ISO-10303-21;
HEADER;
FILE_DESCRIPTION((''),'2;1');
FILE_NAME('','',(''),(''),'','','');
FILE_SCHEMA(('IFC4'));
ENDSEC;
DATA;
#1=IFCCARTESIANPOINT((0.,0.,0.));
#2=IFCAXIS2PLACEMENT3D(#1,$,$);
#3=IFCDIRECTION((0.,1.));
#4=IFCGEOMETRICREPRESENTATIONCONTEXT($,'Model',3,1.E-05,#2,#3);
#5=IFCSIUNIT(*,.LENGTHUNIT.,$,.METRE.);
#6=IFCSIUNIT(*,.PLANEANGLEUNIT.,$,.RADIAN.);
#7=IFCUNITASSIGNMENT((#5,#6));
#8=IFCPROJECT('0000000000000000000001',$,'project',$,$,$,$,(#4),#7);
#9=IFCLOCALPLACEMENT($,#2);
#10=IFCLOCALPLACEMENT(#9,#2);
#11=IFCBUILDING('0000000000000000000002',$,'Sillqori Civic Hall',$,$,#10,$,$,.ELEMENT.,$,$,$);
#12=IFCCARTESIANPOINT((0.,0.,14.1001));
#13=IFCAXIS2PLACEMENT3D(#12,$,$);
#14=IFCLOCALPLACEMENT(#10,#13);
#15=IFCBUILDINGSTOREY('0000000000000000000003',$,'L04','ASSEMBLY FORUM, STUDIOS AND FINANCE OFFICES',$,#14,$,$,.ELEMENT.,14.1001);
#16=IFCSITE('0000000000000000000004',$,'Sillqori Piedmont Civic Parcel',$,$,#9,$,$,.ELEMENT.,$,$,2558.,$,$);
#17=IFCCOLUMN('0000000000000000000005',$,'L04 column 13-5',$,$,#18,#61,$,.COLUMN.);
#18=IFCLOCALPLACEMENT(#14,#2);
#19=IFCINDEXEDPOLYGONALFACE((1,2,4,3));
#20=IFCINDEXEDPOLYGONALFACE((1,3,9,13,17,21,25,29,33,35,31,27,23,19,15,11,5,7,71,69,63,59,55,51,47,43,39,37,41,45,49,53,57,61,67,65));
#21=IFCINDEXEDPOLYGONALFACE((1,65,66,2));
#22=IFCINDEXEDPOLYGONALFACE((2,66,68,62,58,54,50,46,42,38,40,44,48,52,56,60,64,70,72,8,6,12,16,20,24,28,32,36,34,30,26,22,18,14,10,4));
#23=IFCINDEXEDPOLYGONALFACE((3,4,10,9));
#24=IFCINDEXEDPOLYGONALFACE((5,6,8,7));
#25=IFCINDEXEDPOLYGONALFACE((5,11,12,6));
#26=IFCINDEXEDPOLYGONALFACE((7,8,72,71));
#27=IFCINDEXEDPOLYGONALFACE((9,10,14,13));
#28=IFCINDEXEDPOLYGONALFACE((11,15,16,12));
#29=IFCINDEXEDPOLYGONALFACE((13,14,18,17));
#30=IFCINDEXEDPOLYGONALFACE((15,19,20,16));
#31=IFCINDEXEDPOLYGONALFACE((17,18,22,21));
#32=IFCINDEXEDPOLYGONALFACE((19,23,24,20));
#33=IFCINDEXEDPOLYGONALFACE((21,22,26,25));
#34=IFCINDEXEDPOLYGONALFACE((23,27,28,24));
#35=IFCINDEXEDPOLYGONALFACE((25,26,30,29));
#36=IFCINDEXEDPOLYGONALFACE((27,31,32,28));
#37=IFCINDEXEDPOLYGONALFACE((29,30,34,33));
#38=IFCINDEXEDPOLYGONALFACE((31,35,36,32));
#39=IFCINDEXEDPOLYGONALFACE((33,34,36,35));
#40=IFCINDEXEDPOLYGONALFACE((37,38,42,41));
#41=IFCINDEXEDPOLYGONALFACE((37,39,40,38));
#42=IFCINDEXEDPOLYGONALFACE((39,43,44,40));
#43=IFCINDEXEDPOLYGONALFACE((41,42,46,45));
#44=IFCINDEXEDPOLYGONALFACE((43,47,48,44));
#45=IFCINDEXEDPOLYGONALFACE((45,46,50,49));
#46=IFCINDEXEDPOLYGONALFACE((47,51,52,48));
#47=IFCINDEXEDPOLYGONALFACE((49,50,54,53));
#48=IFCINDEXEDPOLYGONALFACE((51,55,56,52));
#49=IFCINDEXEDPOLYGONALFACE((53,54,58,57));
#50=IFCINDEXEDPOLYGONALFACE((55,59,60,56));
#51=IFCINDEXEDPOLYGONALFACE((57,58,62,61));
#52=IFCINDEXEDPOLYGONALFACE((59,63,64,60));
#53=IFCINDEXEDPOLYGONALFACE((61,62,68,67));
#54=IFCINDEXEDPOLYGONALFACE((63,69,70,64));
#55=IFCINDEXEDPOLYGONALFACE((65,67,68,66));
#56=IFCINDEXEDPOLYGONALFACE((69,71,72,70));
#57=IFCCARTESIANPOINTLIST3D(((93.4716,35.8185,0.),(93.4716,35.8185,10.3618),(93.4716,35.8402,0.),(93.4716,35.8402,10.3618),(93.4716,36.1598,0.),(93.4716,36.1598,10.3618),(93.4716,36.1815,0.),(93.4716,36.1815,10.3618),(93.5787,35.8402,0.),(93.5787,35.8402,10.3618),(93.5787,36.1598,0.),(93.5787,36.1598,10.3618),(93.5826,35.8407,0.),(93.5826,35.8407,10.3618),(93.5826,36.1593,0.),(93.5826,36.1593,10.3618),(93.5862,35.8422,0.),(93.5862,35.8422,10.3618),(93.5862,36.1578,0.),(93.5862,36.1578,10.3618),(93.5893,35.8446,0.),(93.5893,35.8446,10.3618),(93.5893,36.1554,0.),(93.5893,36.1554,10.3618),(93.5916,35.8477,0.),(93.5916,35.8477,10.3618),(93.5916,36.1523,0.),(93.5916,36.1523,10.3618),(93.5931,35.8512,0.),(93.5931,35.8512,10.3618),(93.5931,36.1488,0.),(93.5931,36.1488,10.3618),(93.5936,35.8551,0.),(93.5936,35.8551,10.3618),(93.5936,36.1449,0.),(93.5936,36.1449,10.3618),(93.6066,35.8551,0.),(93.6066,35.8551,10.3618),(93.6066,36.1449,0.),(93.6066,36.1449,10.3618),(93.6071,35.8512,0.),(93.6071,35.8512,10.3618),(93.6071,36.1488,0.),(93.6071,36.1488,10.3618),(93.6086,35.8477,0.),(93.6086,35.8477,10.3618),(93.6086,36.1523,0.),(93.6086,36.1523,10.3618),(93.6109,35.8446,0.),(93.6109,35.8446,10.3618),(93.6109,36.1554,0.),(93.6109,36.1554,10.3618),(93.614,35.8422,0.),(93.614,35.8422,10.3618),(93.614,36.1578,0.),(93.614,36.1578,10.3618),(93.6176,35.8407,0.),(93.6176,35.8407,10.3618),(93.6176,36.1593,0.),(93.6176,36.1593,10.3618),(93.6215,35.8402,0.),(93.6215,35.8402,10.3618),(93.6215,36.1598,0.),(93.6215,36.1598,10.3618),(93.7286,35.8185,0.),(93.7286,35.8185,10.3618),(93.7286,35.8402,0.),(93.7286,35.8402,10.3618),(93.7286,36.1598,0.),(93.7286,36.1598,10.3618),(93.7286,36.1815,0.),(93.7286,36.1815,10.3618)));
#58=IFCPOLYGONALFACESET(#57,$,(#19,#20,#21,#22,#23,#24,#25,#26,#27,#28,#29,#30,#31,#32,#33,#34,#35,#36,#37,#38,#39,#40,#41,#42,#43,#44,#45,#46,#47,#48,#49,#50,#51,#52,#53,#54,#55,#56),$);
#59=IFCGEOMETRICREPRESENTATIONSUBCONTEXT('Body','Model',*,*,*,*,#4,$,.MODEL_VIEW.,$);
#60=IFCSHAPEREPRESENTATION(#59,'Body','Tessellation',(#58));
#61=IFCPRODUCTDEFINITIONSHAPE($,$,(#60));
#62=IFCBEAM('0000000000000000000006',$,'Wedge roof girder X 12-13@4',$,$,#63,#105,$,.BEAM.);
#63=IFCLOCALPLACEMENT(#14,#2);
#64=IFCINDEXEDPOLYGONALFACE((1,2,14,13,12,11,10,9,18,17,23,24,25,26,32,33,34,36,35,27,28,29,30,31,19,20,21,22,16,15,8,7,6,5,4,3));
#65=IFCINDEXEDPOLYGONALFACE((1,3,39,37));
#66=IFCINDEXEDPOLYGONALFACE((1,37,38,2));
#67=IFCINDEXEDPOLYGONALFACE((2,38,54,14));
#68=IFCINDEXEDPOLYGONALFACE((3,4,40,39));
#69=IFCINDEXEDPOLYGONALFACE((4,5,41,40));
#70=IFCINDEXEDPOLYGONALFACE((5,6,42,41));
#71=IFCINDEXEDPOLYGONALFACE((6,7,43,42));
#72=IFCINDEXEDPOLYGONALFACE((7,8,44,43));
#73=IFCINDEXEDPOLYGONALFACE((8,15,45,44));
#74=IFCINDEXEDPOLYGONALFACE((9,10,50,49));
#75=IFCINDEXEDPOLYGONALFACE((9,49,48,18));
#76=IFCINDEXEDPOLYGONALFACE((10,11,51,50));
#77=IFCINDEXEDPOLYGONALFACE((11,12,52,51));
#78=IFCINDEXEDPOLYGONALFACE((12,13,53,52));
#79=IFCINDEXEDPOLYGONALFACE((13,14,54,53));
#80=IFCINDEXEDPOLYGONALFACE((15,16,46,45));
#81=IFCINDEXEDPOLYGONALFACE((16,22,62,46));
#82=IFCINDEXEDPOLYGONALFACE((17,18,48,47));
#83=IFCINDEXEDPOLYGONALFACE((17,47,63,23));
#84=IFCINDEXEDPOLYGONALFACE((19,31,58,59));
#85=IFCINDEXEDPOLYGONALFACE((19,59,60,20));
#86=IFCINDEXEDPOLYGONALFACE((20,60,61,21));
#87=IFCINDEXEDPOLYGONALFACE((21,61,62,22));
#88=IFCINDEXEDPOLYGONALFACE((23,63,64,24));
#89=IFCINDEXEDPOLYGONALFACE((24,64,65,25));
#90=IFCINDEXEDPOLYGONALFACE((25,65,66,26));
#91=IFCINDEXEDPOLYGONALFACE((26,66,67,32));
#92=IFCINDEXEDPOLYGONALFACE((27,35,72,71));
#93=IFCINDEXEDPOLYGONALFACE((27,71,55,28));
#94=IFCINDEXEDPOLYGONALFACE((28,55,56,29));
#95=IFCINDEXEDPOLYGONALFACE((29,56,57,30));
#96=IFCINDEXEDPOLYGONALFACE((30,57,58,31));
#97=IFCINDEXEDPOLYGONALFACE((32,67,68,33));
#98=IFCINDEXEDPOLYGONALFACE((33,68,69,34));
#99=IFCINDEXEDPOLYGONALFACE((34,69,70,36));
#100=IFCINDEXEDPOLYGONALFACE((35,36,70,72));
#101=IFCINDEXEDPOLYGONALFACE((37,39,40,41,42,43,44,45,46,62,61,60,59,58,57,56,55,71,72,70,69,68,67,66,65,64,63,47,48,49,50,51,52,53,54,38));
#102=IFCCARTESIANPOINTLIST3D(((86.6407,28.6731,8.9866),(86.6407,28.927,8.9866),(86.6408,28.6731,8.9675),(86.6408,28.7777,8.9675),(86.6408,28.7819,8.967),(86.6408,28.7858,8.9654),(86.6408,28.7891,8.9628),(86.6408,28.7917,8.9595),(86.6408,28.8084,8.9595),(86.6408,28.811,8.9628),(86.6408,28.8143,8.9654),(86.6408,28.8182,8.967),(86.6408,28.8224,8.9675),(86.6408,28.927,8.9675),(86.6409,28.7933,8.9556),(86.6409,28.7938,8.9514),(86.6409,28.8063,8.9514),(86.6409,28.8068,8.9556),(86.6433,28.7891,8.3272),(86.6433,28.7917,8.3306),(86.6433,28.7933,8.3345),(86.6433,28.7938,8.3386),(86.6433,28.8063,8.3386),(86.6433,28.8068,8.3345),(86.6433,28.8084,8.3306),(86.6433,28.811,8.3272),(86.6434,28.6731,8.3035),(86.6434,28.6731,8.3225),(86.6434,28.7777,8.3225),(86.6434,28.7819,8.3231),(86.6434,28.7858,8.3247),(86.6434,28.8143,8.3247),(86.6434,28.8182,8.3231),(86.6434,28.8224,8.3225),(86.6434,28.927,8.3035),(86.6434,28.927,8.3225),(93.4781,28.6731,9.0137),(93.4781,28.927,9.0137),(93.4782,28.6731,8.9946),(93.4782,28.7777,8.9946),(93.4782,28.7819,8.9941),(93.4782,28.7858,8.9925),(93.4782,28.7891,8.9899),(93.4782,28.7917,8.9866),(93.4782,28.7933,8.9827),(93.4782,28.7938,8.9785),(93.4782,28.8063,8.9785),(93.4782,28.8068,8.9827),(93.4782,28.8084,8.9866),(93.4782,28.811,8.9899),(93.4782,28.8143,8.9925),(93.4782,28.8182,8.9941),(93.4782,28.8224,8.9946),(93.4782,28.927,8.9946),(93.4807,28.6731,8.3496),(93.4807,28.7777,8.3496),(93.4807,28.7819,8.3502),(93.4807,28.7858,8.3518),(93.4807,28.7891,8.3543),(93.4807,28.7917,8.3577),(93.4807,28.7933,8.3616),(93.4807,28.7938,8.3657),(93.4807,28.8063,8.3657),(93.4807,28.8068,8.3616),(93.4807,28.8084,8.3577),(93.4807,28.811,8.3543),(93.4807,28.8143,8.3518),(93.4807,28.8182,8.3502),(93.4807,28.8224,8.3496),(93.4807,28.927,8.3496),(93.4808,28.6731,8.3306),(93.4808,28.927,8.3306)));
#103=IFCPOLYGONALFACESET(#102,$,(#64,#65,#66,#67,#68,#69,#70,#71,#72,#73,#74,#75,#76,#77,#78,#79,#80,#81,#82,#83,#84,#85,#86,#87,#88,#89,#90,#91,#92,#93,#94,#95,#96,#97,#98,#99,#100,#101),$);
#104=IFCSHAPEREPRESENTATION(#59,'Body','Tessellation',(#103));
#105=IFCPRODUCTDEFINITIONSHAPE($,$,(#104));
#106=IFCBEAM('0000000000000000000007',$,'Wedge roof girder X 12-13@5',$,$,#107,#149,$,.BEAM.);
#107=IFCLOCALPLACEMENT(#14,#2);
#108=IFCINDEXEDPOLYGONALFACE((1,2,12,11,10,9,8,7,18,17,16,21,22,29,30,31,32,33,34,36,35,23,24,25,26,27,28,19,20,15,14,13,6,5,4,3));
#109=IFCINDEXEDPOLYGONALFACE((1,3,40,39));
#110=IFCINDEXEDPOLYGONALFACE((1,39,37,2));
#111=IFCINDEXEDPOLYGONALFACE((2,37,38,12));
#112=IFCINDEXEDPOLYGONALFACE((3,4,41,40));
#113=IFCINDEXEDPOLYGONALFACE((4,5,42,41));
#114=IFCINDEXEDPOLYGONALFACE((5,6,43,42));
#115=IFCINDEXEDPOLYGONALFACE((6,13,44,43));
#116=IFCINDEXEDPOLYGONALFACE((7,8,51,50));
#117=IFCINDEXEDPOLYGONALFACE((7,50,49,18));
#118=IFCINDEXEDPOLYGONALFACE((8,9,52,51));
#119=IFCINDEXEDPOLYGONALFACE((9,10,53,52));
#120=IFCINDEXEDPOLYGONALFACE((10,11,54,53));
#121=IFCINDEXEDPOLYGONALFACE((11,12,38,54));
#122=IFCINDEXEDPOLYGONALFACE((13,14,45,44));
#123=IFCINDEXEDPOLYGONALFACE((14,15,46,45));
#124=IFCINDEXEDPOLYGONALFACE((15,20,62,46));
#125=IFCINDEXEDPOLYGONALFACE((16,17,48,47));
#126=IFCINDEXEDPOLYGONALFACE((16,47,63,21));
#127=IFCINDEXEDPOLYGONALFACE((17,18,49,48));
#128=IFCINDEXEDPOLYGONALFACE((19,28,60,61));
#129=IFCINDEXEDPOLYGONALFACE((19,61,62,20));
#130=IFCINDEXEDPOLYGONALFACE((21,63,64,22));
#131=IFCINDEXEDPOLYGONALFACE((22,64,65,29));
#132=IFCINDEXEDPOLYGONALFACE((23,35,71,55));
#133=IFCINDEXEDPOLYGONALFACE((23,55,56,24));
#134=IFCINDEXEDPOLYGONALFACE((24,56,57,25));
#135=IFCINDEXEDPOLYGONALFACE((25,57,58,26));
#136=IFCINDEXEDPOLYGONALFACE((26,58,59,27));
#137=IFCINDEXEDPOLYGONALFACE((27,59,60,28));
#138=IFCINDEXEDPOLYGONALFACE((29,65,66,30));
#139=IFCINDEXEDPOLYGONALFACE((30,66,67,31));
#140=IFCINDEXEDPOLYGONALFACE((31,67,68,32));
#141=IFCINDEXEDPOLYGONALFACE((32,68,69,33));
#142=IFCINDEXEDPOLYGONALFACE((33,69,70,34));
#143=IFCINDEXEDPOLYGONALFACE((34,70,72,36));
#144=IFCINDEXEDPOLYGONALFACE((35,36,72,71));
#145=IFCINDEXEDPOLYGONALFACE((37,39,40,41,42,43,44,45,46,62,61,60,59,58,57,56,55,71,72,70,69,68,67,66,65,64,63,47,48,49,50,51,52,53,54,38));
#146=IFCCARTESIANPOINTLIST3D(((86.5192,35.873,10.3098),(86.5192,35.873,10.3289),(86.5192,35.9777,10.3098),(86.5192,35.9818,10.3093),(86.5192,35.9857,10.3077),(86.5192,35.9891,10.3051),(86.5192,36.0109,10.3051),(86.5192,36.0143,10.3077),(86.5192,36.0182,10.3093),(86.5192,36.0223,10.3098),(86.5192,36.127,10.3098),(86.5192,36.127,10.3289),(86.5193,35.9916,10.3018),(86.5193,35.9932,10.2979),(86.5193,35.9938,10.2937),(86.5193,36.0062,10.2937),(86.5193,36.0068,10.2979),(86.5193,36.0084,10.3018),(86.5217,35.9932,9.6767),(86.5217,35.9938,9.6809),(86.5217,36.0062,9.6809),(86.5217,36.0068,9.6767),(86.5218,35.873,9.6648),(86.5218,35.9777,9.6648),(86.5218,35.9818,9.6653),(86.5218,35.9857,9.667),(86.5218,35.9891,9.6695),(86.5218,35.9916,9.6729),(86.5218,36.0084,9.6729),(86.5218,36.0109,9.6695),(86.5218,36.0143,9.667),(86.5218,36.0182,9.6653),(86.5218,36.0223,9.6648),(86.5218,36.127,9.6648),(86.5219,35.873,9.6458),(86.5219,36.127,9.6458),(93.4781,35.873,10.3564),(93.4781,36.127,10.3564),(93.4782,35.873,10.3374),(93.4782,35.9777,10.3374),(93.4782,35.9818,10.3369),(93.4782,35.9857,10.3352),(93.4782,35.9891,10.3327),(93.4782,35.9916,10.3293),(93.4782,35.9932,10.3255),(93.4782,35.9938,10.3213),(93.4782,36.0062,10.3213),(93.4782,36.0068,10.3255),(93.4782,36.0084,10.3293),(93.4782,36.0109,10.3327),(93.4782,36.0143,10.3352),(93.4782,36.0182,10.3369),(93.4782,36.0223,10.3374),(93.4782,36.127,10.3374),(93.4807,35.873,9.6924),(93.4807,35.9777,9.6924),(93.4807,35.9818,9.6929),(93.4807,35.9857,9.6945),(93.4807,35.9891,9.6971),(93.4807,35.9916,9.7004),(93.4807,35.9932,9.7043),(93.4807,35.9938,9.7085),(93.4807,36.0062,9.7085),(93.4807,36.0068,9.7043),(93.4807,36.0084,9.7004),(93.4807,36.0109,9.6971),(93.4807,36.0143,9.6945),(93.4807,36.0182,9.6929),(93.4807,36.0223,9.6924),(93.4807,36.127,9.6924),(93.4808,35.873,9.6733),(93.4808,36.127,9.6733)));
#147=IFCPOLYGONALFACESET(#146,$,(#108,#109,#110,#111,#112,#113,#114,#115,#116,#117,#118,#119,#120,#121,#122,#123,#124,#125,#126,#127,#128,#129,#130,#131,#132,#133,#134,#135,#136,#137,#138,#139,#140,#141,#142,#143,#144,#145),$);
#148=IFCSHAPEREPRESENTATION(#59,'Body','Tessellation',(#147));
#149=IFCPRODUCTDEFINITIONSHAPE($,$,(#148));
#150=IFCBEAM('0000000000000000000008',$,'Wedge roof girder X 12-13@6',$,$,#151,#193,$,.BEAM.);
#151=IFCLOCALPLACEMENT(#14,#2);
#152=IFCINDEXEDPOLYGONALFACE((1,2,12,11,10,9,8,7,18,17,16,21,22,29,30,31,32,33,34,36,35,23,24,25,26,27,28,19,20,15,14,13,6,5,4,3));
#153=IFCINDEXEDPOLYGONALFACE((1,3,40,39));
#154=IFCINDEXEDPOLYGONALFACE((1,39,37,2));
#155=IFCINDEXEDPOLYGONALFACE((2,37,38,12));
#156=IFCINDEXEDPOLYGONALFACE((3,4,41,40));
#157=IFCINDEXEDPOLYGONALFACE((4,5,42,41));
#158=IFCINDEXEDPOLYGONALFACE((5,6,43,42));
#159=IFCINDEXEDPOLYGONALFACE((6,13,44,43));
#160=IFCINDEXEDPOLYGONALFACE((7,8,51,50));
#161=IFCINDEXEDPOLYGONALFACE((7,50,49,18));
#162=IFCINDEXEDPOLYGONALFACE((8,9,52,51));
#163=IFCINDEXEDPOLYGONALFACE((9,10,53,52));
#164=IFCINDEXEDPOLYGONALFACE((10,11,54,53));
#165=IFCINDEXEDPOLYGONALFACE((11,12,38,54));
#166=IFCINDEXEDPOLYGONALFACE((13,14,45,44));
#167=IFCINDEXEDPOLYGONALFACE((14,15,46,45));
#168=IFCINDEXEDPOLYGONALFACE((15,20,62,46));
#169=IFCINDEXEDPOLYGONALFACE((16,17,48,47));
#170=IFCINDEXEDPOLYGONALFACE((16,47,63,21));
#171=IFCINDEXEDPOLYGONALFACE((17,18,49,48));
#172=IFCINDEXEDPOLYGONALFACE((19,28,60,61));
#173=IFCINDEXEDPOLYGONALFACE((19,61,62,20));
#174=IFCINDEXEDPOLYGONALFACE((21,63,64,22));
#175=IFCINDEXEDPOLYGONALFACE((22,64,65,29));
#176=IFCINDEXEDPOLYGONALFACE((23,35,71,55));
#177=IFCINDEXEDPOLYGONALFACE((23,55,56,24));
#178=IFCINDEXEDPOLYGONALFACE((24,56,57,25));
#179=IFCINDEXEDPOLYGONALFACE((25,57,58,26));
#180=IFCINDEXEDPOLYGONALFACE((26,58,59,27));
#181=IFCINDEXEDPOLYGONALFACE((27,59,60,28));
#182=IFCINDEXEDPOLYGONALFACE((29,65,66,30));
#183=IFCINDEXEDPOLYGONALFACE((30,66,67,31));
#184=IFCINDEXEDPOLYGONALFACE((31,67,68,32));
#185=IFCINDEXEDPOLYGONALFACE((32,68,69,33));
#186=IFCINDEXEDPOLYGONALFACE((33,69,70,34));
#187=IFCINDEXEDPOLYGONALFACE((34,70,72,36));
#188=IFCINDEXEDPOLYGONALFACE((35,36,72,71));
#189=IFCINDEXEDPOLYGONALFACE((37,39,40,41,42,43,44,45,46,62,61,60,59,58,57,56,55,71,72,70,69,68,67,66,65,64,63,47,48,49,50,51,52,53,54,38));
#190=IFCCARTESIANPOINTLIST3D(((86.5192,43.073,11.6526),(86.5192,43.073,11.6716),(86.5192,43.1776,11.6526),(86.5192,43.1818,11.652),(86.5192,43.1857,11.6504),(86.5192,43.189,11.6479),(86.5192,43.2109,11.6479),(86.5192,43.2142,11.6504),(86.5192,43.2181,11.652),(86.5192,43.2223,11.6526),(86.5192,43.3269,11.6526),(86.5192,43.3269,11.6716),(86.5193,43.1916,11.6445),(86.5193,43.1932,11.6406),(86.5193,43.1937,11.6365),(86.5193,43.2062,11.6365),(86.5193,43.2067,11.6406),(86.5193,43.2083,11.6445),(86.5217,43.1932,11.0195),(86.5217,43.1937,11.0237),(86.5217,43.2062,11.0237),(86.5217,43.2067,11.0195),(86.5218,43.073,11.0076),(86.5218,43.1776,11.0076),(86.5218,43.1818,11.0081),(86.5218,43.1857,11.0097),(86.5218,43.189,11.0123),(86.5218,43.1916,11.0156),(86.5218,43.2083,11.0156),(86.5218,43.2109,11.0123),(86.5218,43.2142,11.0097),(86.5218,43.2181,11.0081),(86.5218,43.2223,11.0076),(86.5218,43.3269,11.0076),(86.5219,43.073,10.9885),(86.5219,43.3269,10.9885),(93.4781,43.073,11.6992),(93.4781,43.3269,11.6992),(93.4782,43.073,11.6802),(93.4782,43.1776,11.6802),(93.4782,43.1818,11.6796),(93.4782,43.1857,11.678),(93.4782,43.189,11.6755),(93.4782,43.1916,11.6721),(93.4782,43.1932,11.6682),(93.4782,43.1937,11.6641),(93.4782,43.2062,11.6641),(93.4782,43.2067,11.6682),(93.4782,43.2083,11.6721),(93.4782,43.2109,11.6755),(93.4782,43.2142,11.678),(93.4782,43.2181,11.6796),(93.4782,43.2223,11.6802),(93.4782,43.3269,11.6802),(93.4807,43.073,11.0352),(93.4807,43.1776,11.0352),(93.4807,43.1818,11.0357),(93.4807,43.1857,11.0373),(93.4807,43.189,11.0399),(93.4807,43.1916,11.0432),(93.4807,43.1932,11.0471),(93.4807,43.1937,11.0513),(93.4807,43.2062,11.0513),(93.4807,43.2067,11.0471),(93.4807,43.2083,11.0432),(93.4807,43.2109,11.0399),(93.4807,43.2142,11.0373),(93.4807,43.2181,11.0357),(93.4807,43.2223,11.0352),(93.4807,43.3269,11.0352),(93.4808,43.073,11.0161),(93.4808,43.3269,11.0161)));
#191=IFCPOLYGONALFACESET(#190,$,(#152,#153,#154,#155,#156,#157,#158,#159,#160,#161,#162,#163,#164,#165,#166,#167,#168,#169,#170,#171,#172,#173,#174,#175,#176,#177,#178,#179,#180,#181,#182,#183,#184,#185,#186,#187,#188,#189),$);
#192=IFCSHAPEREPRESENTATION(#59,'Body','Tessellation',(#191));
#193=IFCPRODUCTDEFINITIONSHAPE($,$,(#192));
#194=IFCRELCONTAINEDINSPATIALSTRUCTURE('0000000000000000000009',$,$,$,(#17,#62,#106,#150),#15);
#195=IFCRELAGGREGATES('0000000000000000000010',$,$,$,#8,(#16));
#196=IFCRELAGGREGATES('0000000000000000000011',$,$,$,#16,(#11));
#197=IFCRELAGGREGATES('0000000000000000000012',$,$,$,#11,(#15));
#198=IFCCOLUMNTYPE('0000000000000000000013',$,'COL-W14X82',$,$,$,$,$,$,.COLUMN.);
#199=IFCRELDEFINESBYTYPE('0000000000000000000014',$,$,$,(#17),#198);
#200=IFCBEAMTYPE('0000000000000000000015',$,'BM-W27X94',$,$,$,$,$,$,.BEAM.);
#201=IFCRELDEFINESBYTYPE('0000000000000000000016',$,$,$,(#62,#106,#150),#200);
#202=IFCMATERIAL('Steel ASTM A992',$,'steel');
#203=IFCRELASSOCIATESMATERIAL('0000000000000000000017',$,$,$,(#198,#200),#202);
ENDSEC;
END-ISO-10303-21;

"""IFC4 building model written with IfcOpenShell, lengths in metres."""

from ifc_helpers import new_model, si_unit, direction, frame, origin, origin_2d, place, context, subcontext, project, spatial, i_section, extrude, material, material_profile, profile_set, type_object, element, save


model = new_model("IFC4")

# Units and contexts
model_context = context("Model", 3, precision=1e-05, world=origin(), true_north=direction((0.0, 1.0)))
body_context = subcontext(model_context, "Body", "Model", "MODEL_VIEW")
ifc_project = project(units=[si_unit("LENGTHUNIT", "METRE"), si_unit("PLANEANGLEUNIT", "RADIAN")], contexts=[model_context])

# Site, building, storey
site_placement = place(None, origin())
site = spatial("IfcSite", under=ifc_project, at=site_placement, Name="Sillqori Piedmont Civic Parcel", CompositionType="ELEMENT", RefElevation=2558.0)
building_placement = place(site_placement, origin())
building = spatial("IfcBuilding", under=site, at=building_placement, Name="Sillqori Civic Hall", CompositionType="ELEMENT")
storey_placement = place(building_placement, frame((0.0, 0.0, 14.1001)))
storey = spatial("IfcBuildingStorey", under=building, at=storey_placement, Name="L04", Description="ASSEMBLY FORUM, STUDIOS AND FINANCE OFFICES", CompositionType="ELEMENT", Elevation=14.1001)

# Column
ifc_material_1 = material(Name="Steel ASTM A992", Category="steel")
ifc_material_profile_1 = material_profile(ifc_material_1, i_section(OverallWidth=0.2571, OverallDepth=0.363, WebThickness=0.0129, FlangeThickness=0.0217, FilletRadius=0.0149, at=origin_2d()), Name="W14X82")
ifc_profile_set_1 = profile_set([ifc_material_profile_1], Name="Steel ASTM A992")
column_type_1 = type_object("IfcColumnType", Name="COL-W14X82", PredefinedType="COLUMN", material=ifc_profile_set_1)
column_1_placement = place(storey_placement, frame((93.6001, 36.0, 0.0), z_axis=(0.0, 0.0, 1.0), x_axis=(1.0, 0.0, 0.0)))
element("IfcColumn", 1, at=column_1_placement, inside=storey, type_object=column_type_1, Name="L04 column 13-5", PredefinedType="COLUMN", context=body_context, shape_type="SweptSolid", body=[
    extrude(i_section(OverallWidth=0.2571, OverallDepth=0.363, WebThickness=0.0129, FlangeThickness=0.0217, FilletRadius=0.0149, at=origin_2d()), origin(), (0.0, 0.0, 1.0), 10.3618),
])

# Beams
ifc_material_profile_2 = material_profile(ifc_material_1, i_section(OverallWidth=0.2539, OverallDepth=0.6831, WebThickness=0.0125, FlangeThickness=0.019, FilletRadius=0.0161, at=origin_2d()), Name="W27X94")
ifc_profile_set_2 = profile_set([ifc_material_profile_2], Name="Steel ASTM A992")
beam_type_1 = type_object("IfcBeamType", Name="BM-W27X94", PredefinedType="BEAM", material=ifc_profile_set_2)
beam_1_placement = place(storey_placement, frame((86.6421, 28.8, 8.645), z_axis=(0.999992, 0.0, 0.003963), x_axis=(0.0, 1.0, 0.0)))
element("IfcBeam", 2, at=beam_1_placement, inside=storey, type_object=beam_type_1, Name="Wedge roof girder X 12-13@4", PredefinedType="BEAM", context=body_context, shape_type="SweptSolid", body=[
    extrude(i_section(OverallWidth=0.2539, OverallDepth=0.6831, WebThickness=0.0125, FlangeThickness=0.019, FilletRadius=0.0161, at=origin_2d()), origin(), (0.0, 0.0, 1.0), 6.8374),
])
for number, where, z_axis, x_axis, name in (
    (3, (86.5205, 36.0, 9.9873), (0.999992, 0.0, 0.003964), (0.0, 1.0, 0.0), "Wedge roof girder X 12-13@5"),
    (4, (86.5205, 43.2, 11.3301), (0.999992, 0.0, 0.003964), (0.0, 1.0, 0.0), "Wedge roof girder X 12-13@6"),
):
    element("IfcBeam", number, at=place(storey_placement, frame(where, z_axis=z_axis, x_axis=x_axis)), inside=storey, type_object=beam_type_1, Name=name, PredefinedType="BEAM", context=body_context, shape_type="SweptSolid", body=[
        extrude(i_section(OverallWidth=0.2539, OverallDepth=0.6831, WebThickness=0.0125, FlangeThickness=0.019, FilletRadius=0.0161, at=origin_2d()), origin(), (0.0, 0.0, 1.0), 6.959),
    ])

save(model, "model.ifc")
